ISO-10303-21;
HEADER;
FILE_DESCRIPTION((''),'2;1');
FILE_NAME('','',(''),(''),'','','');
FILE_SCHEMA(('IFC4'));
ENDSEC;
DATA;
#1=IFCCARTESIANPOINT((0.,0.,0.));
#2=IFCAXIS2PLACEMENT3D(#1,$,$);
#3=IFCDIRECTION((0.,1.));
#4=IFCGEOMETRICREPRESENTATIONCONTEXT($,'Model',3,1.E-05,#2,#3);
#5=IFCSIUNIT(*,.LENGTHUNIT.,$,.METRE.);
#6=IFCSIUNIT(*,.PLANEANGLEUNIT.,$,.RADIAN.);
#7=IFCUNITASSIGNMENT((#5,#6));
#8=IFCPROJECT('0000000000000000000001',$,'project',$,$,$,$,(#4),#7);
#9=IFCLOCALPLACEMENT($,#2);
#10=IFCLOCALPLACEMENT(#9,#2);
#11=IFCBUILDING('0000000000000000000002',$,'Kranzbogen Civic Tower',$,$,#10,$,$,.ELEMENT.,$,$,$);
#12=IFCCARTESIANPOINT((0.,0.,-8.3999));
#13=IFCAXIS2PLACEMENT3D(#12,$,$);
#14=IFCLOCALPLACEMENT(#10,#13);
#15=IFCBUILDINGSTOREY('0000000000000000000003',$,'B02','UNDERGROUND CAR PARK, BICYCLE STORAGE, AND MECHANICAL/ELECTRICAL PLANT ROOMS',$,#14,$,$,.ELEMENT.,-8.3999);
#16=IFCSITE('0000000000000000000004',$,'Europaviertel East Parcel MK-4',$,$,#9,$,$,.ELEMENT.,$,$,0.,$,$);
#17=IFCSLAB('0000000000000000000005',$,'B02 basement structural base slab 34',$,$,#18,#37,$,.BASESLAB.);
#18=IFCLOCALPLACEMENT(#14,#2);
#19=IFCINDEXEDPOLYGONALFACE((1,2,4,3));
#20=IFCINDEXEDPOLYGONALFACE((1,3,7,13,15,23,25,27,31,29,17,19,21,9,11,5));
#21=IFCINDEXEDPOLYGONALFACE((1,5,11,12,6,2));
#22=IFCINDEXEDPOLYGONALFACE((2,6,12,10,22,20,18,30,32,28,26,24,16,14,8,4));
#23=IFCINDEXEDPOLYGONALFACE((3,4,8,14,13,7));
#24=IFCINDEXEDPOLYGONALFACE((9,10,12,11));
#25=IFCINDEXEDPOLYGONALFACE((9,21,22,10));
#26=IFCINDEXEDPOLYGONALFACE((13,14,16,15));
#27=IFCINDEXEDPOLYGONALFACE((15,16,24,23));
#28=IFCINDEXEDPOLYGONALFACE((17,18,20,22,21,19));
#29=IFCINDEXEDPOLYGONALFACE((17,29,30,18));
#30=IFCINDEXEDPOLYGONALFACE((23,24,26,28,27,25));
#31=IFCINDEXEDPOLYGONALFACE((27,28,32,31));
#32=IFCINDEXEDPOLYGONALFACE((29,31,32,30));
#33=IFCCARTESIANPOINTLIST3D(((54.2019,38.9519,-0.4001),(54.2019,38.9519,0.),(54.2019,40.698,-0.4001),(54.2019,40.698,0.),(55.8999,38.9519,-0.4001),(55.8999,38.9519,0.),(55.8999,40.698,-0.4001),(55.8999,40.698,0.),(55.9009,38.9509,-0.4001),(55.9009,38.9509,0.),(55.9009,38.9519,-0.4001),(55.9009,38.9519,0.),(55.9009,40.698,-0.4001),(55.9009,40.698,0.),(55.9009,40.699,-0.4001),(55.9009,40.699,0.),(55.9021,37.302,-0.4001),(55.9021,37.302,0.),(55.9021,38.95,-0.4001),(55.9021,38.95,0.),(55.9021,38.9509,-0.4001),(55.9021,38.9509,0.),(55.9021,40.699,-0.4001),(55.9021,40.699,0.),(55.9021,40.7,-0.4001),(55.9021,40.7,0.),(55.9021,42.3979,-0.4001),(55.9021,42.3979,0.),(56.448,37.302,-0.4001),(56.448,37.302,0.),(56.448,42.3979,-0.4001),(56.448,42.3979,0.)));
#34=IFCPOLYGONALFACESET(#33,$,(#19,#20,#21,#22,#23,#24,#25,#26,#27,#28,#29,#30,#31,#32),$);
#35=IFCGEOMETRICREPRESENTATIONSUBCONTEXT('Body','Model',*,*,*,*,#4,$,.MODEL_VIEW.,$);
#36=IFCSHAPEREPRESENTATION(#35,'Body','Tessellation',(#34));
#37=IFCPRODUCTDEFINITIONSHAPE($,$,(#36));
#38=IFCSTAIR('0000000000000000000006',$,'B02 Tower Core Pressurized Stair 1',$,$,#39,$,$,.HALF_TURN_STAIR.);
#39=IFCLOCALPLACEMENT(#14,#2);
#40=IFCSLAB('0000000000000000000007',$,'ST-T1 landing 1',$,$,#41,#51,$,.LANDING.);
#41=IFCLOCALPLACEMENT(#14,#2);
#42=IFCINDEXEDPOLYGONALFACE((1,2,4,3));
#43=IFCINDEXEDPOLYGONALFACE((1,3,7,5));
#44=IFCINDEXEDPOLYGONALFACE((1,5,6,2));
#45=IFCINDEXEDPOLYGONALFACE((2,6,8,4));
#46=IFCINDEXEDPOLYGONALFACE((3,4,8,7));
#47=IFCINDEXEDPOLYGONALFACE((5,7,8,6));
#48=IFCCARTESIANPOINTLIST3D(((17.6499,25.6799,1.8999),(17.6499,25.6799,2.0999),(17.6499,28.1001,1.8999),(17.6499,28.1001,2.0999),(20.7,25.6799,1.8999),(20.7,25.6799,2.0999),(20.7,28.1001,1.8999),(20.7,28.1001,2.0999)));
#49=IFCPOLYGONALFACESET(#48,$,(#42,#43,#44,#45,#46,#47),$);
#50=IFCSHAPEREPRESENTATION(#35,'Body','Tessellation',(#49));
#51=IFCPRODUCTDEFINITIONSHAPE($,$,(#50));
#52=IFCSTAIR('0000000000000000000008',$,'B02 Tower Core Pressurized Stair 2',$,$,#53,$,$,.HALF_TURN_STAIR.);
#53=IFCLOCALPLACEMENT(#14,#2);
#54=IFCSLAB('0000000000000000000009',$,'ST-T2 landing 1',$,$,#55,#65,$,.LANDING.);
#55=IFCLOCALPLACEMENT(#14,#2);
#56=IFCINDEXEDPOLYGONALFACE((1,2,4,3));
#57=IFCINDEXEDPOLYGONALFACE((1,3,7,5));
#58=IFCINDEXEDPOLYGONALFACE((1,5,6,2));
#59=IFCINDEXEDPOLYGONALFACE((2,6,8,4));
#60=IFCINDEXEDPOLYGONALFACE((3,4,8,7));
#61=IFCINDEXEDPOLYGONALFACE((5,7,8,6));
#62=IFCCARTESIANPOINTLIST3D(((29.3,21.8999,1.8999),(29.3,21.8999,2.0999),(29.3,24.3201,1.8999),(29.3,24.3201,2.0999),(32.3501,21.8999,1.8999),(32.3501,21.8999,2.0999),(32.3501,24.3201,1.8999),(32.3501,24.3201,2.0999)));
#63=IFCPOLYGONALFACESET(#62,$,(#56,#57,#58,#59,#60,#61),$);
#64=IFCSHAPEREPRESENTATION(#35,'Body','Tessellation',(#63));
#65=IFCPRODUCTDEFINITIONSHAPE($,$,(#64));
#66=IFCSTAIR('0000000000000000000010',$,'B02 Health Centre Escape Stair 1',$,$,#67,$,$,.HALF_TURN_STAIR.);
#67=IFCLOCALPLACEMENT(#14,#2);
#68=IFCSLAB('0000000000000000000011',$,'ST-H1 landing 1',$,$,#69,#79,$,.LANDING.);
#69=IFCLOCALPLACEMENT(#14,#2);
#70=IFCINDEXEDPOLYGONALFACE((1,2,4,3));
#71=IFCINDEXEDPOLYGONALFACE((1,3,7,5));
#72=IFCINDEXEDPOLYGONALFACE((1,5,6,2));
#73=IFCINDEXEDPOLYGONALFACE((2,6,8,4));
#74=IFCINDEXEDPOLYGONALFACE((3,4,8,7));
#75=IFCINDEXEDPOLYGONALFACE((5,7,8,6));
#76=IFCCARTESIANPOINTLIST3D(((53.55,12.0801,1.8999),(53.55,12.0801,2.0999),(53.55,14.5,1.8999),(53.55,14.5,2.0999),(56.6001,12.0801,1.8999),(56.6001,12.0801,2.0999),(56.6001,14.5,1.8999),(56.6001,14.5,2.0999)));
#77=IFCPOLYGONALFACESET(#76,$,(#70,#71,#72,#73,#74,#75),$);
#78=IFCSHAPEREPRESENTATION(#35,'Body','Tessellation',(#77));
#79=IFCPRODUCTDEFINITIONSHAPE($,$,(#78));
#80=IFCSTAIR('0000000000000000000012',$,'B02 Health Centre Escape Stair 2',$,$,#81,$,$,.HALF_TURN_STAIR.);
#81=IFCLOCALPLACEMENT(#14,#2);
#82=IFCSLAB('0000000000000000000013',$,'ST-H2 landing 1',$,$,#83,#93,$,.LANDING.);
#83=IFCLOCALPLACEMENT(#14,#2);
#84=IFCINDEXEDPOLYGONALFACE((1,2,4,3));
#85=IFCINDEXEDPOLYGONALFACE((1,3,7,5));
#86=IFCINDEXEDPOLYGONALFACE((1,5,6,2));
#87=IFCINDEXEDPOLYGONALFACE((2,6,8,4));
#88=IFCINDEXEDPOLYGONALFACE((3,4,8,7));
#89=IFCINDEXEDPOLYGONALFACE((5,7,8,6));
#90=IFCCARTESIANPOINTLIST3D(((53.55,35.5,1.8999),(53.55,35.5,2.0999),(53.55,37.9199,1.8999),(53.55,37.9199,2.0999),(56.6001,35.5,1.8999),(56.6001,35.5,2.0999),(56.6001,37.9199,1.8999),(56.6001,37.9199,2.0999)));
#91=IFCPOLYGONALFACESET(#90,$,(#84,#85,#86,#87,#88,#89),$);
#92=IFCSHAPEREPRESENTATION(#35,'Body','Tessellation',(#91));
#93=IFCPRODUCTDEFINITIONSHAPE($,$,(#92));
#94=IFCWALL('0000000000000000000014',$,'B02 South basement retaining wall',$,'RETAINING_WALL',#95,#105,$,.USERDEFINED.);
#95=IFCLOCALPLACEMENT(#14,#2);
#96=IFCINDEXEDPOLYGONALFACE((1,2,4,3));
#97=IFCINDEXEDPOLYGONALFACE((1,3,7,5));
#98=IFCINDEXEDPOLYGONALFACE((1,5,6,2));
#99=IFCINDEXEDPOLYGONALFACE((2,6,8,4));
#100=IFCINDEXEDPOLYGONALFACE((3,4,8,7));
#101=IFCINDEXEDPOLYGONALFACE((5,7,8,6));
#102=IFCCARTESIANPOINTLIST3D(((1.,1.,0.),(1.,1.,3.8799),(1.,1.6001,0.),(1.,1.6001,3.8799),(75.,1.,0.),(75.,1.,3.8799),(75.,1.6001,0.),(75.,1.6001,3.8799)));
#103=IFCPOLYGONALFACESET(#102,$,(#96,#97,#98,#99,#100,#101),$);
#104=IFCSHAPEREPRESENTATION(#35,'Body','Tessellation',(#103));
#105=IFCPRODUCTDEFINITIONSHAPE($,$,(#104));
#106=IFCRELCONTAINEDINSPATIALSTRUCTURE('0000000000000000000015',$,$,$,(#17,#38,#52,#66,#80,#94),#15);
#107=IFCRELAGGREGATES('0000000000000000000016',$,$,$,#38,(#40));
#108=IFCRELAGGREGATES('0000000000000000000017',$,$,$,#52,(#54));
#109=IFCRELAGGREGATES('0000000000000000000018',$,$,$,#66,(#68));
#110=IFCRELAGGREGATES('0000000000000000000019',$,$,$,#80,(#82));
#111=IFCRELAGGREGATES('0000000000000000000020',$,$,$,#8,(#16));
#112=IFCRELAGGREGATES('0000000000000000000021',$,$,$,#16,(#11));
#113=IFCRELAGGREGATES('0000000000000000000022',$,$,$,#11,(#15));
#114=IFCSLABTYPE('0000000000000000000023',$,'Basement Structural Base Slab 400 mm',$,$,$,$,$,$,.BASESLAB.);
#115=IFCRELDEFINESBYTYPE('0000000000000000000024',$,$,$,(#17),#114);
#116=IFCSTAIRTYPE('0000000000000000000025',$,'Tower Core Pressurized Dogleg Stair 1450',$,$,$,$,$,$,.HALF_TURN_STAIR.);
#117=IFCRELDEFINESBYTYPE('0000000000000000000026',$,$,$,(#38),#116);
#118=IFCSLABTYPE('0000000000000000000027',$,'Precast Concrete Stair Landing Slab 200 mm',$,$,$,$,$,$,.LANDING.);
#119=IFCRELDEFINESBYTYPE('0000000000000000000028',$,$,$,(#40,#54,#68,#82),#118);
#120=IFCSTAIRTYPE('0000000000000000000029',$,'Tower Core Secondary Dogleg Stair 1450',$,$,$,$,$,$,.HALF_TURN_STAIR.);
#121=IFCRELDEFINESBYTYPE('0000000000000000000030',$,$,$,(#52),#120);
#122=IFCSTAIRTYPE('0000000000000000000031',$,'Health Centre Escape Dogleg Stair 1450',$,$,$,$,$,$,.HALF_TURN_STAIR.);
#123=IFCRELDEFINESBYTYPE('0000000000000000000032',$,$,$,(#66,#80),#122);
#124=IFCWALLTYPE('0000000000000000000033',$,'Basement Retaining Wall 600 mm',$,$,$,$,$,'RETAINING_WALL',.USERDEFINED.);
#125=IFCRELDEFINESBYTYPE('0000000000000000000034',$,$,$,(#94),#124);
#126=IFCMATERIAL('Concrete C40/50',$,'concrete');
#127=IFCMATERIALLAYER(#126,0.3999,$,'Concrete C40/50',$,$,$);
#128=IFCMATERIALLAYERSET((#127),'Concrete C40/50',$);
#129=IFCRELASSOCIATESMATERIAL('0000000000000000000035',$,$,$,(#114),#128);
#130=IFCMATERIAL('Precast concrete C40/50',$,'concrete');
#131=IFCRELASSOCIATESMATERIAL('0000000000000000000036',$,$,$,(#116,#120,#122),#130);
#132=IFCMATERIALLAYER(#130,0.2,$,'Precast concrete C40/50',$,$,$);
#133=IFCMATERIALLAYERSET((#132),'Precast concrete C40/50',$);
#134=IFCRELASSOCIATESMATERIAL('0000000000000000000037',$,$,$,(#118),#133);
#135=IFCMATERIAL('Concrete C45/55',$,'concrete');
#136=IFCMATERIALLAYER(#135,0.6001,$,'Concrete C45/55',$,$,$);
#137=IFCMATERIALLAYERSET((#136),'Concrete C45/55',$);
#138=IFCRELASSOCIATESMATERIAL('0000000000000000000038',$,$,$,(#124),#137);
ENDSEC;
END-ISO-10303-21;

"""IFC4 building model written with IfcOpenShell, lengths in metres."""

from ifc_helpers import new_model, si_unit, direction, frame, frame_2d, origin, place, context, subcontext, project, spatial, polyline, rectangle, outline, extrude, material, layer, layer_set, type_object, element, aggregate, save


model = new_model("IFC4")

# Units and contexts
model_context = context("Model", 3, precision=1e-05, world=origin(), true_north=direction((0.0, 1.0)))
body_context = subcontext(model_context, "Body", "Model", "MODEL_VIEW")
ifc_project = project(units=[si_unit("LENGTHUNIT", "METRE"), si_unit("PLANEANGLEUNIT", "RADIAN")], contexts=[model_context])

# Site, building, storey
site_placement = place(None, origin())
site = spatial("IfcSite", under=ifc_project, at=site_placement, Name="Europaviertel East Parcel MK-4", CompositionType="ELEMENT", RefElevation=0.0)
building_placement = place(site_placement, origin())
building = spatial("IfcBuilding", under=site, at=building_placement, Name="Kranzbogen Civic Tower", CompositionType="ELEMENT")
storey_placement = place(building_placement, frame((0.0, 0.0, -8.3999)))
storey = spatial("IfcBuildingStorey", under=building, at=storey_placement, Name="B02", Description="UNDERGROUND CAR PARK, BICYCLE STORAGE, AND MECHANICAL/ELECTRICAL PLANT ROOMS", CompositionType="ELEMENT", Elevation=-8.3999)

# Shared definitions
ifc_material_1 = material(Name="Concrete C45/55", Category="concrete")

# Slab
ifc_material_2 = material(Name="Concrete C40/50", Category="concrete")
ifc_layer_1 = layer(ifc_material_2, 0.3999, Name="Concrete C40/50")
ifc_layer_set_1 = layer_set([ifc_layer_1], Name="Concrete C40/50")
slab_type_1 = type_object("IfcSlabType", Name="Basement Structural Base Slab 400 mm", PredefinedType="BASESLAB", material=ifc_layer_set_1)
slab_1_placement = place(storey_placement, frame((0.0, 0.0, -0.4001)))
element("IfcSlab", 1, at=slab_1_placement, inside=storey, type_object=slab_type_1, Name="B02 basement structural base slab 34", PredefinedType="BASESLAB", context=body_context, shape_type="SweptSolid", body=[
    extrude(outline(polyline([(56.448, 37.302), (56.448, 42.3979), (55.9021, 42.3979), (55.9021, 40.7), (55.9021, 40.7), (55.9021, 40.7), (55.9021, 40.699), (55.9021, 40.699), (55.9021, 40.699), (55.9021, 40.699), (55.9021, 40.699), (55.9009, 40.699), (55.9009, 40.698), (55.9009, 40.698), (55.9009, 40.698), (55.9009, 40.698), (55.9009, 40.698), (55.8999, 40.698), (55.8999, 40.698), (55.8999, 40.698), (54.2019, 40.698), (54.2019, 38.9519), (55.8999, 38.9519), (55.8999, 38.9519), (55.8999, 38.9519), (55.9009, 38.9519), (55.9009, 38.9519), (55.9009, 38.9519), (55.9009, 38.9519), (55.9009, 38.9519), (55.9009, 38.9509), (55.9021, 38.9509), (55.9021, 38.9509), (55.9021, 38.9509), (55.9021, 38.9509), (55.9021, 38.9509), (55.9021, 38.95), (55.9021, 38.95), (55.9021, 38.95), (55.9021, 37.302), (56.448, 37.302)])), origin(), (0.0, 0.0, 1.0), 0.4001),
])

# Stairs, slabs
ifc_material_3 = material(Name="Precast concrete C40/50", Category="concrete")
stair_type_1 = type_object("IfcStairType", Name="Tower Core Pressurized Dogleg Stair 1450", PredefinedType="HALF_TURN_STAIR", material=ifc_material_3)
stair_1_placement = place(storey_placement, origin())
stair_1 = element("IfcStair", 2, at=stair_1_placement, inside=storey, type_object=stair_type_1, Name="B02 Tower Core Pressurized Stair 1", PredefinedType="HALF_TURN_STAIR")
ifc_layer_2 = layer(ifc_material_3, 0.2, Name="Precast concrete C40/50")
ifc_layer_set_2 = layer_set([ifc_layer_2], Name="Precast concrete C40/50")
slab_type_2 = type_object("IfcSlabType", Name="Precast Concrete Stair Landing Slab 200 mm", PredefinedType="LANDING", material=ifc_layer_set_2)
slab_2_placement = place(storey_placement, frame((0.0, 0.0, 1.8999)))
slab_2 = element("IfcSlab", 3, at=slab_2_placement, type_object=slab_type_2, Name="ST-T1 landing 1", PredefinedType="LANDING", context=body_context, shape_type="SweptSolid", body=[
    extrude(outline(polyline([(20.7, 25.6799), (20.7, 28.1001), (17.6499, 28.1001), (17.6499, 25.6799), (20.7, 25.6799)])), origin(), (0.0, 0.0, 1.0), 0.2),
])
aggregate(stair_1, [slab_2])
stair_type_2 = type_object("IfcStairType", Name="Tower Core Secondary Dogleg Stair 1450", PredefinedType="HALF_TURN_STAIR", material=ifc_material_3)
stair_2_placement = place(storey_placement, origin())
stair_2 = element("IfcStair", 4, at=stair_2_placement, inside=storey, type_object=stair_type_2, Name="B02 Tower Core Pressurized Stair 2", PredefinedType="HALF_TURN_STAIR")
slab_3_placement = place(storey_placement, frame((0.0, 0.0, 1.8999)))
slab_3 = element("IfcSlab", 5, at=slab_3_placement, type_object=slab_type_2, Name="ST-T2 landing 1", PredefinedType="LANDING", context=body_context, shape_type="SweptSolid", body=[
    extrude(outline(polyline([(29.3, 24.3201), (29.3, 21.8999), (32.3501, 21.8999), (32.3501, 24.3201), (29.3, 24.3201)])), origin(), (0.0, 0.0, 1.0), 0.2),
])
aggregate(stair_2, [slab_3])
stair_type_3 = type_object("IfcStairType", Name="Health Centre Escape Dogleg Stair 1450", PredefinedType="HALF_TURN_STAIR", material=ifc_material_3)
stair_3_placement = place(storey_placement, origin())
stair_3 = element("IfcStair", 6, at=stair_3_placement, inside=storey, type_object=stair_type_3, Name="B02 Health Centre Escape Stair 1", PredefinedType="HALF_TURN_STAIR")
slab_4_placement = place(storey_placement, frame((0.0, 0.0, 1.8999)))
slab_4 = element("IfcSlab", 7, at=slab_4_placement, type_object=slab_type_2, Name="ST-H1 landing 1", PredefinedType="LANDING", context=body_context, shape_type="SweptSolid", body=[
    extrude(outline(polyline([(56.6001, 12.0801), (56.6001, 14.5), (53.55, 14.5), (53.55, 12.0801), (56.6001, 12.0801)])), origin(), (0.0, 0.0, 1.0), 0.2),
])
aggregate(stair_3, [slab_4])
stair_4_placement = place(storey_placement, origin())
stair_4 = element("IfcStair", 8, at=stair_4_placement, inside=storey, type_object=stair_type_3, Name="B02 Health Centre Escape Stair 2", PredefinedType="HALF_TURN_STAIR")
slab_5_placement = place(storey_placement, frame((0.0, 0.0, 1.8999)))
slab_5 = element("IfcSlab", 9, at=slab_5_placement, type_object=slab_type_2, Name="ST-H2 landing 1", PredefinedType="LANDING", context=body_context, shape_type="SweptSolid", body=[
    extrude(outline(polyline([(53.55, 37.9199), (53.55, 35.5), (56.6001, 35.5), (56.6001, 37.9199), (53.55, 37.9199)])), origin(), (0.0, 0.0, 1.0), 0.2),
])
aggregate(stair_4, [slab_5])

# Wall
ifc_layer_3 = layer(ifc_material_1, 0.6001, Name="Concrete C45/55")
ifc_layer_set_3 = layer_set([ifc_layer_3], Name="Concrete C45/55")
wall_type = type_object("IfcWallType", Name="Basement Retaining Wall 600 mm", ElementType="RETAINING_WALL", PredefinedType="USERDEFINED", material=ifc_layer_set_3)
wall_placement = place(storey_placement, frame((1.0, 1.3, 0.0), z_axis=(0.0, 0.0, 1.0), x_axis=(1.0, 0.0, 0.0)))
element("IfcWall", 10, at=wall_placement, inside=storey, type_object=wall_type, Name="B02 South basement retaining wall", ObjectType="RETAINING_WALL", PredefinedType="USERDEFINED", context=body_context, shape_type="SweptSolid", body=[
    extrude(rectangle(XDim=74.0, YDim=0.6001, at=frame_2d((37.0, 0.0))), origin(), (0.0, 0.0, 1.0), 3.8799),
])

save(model, "model.ifc")
